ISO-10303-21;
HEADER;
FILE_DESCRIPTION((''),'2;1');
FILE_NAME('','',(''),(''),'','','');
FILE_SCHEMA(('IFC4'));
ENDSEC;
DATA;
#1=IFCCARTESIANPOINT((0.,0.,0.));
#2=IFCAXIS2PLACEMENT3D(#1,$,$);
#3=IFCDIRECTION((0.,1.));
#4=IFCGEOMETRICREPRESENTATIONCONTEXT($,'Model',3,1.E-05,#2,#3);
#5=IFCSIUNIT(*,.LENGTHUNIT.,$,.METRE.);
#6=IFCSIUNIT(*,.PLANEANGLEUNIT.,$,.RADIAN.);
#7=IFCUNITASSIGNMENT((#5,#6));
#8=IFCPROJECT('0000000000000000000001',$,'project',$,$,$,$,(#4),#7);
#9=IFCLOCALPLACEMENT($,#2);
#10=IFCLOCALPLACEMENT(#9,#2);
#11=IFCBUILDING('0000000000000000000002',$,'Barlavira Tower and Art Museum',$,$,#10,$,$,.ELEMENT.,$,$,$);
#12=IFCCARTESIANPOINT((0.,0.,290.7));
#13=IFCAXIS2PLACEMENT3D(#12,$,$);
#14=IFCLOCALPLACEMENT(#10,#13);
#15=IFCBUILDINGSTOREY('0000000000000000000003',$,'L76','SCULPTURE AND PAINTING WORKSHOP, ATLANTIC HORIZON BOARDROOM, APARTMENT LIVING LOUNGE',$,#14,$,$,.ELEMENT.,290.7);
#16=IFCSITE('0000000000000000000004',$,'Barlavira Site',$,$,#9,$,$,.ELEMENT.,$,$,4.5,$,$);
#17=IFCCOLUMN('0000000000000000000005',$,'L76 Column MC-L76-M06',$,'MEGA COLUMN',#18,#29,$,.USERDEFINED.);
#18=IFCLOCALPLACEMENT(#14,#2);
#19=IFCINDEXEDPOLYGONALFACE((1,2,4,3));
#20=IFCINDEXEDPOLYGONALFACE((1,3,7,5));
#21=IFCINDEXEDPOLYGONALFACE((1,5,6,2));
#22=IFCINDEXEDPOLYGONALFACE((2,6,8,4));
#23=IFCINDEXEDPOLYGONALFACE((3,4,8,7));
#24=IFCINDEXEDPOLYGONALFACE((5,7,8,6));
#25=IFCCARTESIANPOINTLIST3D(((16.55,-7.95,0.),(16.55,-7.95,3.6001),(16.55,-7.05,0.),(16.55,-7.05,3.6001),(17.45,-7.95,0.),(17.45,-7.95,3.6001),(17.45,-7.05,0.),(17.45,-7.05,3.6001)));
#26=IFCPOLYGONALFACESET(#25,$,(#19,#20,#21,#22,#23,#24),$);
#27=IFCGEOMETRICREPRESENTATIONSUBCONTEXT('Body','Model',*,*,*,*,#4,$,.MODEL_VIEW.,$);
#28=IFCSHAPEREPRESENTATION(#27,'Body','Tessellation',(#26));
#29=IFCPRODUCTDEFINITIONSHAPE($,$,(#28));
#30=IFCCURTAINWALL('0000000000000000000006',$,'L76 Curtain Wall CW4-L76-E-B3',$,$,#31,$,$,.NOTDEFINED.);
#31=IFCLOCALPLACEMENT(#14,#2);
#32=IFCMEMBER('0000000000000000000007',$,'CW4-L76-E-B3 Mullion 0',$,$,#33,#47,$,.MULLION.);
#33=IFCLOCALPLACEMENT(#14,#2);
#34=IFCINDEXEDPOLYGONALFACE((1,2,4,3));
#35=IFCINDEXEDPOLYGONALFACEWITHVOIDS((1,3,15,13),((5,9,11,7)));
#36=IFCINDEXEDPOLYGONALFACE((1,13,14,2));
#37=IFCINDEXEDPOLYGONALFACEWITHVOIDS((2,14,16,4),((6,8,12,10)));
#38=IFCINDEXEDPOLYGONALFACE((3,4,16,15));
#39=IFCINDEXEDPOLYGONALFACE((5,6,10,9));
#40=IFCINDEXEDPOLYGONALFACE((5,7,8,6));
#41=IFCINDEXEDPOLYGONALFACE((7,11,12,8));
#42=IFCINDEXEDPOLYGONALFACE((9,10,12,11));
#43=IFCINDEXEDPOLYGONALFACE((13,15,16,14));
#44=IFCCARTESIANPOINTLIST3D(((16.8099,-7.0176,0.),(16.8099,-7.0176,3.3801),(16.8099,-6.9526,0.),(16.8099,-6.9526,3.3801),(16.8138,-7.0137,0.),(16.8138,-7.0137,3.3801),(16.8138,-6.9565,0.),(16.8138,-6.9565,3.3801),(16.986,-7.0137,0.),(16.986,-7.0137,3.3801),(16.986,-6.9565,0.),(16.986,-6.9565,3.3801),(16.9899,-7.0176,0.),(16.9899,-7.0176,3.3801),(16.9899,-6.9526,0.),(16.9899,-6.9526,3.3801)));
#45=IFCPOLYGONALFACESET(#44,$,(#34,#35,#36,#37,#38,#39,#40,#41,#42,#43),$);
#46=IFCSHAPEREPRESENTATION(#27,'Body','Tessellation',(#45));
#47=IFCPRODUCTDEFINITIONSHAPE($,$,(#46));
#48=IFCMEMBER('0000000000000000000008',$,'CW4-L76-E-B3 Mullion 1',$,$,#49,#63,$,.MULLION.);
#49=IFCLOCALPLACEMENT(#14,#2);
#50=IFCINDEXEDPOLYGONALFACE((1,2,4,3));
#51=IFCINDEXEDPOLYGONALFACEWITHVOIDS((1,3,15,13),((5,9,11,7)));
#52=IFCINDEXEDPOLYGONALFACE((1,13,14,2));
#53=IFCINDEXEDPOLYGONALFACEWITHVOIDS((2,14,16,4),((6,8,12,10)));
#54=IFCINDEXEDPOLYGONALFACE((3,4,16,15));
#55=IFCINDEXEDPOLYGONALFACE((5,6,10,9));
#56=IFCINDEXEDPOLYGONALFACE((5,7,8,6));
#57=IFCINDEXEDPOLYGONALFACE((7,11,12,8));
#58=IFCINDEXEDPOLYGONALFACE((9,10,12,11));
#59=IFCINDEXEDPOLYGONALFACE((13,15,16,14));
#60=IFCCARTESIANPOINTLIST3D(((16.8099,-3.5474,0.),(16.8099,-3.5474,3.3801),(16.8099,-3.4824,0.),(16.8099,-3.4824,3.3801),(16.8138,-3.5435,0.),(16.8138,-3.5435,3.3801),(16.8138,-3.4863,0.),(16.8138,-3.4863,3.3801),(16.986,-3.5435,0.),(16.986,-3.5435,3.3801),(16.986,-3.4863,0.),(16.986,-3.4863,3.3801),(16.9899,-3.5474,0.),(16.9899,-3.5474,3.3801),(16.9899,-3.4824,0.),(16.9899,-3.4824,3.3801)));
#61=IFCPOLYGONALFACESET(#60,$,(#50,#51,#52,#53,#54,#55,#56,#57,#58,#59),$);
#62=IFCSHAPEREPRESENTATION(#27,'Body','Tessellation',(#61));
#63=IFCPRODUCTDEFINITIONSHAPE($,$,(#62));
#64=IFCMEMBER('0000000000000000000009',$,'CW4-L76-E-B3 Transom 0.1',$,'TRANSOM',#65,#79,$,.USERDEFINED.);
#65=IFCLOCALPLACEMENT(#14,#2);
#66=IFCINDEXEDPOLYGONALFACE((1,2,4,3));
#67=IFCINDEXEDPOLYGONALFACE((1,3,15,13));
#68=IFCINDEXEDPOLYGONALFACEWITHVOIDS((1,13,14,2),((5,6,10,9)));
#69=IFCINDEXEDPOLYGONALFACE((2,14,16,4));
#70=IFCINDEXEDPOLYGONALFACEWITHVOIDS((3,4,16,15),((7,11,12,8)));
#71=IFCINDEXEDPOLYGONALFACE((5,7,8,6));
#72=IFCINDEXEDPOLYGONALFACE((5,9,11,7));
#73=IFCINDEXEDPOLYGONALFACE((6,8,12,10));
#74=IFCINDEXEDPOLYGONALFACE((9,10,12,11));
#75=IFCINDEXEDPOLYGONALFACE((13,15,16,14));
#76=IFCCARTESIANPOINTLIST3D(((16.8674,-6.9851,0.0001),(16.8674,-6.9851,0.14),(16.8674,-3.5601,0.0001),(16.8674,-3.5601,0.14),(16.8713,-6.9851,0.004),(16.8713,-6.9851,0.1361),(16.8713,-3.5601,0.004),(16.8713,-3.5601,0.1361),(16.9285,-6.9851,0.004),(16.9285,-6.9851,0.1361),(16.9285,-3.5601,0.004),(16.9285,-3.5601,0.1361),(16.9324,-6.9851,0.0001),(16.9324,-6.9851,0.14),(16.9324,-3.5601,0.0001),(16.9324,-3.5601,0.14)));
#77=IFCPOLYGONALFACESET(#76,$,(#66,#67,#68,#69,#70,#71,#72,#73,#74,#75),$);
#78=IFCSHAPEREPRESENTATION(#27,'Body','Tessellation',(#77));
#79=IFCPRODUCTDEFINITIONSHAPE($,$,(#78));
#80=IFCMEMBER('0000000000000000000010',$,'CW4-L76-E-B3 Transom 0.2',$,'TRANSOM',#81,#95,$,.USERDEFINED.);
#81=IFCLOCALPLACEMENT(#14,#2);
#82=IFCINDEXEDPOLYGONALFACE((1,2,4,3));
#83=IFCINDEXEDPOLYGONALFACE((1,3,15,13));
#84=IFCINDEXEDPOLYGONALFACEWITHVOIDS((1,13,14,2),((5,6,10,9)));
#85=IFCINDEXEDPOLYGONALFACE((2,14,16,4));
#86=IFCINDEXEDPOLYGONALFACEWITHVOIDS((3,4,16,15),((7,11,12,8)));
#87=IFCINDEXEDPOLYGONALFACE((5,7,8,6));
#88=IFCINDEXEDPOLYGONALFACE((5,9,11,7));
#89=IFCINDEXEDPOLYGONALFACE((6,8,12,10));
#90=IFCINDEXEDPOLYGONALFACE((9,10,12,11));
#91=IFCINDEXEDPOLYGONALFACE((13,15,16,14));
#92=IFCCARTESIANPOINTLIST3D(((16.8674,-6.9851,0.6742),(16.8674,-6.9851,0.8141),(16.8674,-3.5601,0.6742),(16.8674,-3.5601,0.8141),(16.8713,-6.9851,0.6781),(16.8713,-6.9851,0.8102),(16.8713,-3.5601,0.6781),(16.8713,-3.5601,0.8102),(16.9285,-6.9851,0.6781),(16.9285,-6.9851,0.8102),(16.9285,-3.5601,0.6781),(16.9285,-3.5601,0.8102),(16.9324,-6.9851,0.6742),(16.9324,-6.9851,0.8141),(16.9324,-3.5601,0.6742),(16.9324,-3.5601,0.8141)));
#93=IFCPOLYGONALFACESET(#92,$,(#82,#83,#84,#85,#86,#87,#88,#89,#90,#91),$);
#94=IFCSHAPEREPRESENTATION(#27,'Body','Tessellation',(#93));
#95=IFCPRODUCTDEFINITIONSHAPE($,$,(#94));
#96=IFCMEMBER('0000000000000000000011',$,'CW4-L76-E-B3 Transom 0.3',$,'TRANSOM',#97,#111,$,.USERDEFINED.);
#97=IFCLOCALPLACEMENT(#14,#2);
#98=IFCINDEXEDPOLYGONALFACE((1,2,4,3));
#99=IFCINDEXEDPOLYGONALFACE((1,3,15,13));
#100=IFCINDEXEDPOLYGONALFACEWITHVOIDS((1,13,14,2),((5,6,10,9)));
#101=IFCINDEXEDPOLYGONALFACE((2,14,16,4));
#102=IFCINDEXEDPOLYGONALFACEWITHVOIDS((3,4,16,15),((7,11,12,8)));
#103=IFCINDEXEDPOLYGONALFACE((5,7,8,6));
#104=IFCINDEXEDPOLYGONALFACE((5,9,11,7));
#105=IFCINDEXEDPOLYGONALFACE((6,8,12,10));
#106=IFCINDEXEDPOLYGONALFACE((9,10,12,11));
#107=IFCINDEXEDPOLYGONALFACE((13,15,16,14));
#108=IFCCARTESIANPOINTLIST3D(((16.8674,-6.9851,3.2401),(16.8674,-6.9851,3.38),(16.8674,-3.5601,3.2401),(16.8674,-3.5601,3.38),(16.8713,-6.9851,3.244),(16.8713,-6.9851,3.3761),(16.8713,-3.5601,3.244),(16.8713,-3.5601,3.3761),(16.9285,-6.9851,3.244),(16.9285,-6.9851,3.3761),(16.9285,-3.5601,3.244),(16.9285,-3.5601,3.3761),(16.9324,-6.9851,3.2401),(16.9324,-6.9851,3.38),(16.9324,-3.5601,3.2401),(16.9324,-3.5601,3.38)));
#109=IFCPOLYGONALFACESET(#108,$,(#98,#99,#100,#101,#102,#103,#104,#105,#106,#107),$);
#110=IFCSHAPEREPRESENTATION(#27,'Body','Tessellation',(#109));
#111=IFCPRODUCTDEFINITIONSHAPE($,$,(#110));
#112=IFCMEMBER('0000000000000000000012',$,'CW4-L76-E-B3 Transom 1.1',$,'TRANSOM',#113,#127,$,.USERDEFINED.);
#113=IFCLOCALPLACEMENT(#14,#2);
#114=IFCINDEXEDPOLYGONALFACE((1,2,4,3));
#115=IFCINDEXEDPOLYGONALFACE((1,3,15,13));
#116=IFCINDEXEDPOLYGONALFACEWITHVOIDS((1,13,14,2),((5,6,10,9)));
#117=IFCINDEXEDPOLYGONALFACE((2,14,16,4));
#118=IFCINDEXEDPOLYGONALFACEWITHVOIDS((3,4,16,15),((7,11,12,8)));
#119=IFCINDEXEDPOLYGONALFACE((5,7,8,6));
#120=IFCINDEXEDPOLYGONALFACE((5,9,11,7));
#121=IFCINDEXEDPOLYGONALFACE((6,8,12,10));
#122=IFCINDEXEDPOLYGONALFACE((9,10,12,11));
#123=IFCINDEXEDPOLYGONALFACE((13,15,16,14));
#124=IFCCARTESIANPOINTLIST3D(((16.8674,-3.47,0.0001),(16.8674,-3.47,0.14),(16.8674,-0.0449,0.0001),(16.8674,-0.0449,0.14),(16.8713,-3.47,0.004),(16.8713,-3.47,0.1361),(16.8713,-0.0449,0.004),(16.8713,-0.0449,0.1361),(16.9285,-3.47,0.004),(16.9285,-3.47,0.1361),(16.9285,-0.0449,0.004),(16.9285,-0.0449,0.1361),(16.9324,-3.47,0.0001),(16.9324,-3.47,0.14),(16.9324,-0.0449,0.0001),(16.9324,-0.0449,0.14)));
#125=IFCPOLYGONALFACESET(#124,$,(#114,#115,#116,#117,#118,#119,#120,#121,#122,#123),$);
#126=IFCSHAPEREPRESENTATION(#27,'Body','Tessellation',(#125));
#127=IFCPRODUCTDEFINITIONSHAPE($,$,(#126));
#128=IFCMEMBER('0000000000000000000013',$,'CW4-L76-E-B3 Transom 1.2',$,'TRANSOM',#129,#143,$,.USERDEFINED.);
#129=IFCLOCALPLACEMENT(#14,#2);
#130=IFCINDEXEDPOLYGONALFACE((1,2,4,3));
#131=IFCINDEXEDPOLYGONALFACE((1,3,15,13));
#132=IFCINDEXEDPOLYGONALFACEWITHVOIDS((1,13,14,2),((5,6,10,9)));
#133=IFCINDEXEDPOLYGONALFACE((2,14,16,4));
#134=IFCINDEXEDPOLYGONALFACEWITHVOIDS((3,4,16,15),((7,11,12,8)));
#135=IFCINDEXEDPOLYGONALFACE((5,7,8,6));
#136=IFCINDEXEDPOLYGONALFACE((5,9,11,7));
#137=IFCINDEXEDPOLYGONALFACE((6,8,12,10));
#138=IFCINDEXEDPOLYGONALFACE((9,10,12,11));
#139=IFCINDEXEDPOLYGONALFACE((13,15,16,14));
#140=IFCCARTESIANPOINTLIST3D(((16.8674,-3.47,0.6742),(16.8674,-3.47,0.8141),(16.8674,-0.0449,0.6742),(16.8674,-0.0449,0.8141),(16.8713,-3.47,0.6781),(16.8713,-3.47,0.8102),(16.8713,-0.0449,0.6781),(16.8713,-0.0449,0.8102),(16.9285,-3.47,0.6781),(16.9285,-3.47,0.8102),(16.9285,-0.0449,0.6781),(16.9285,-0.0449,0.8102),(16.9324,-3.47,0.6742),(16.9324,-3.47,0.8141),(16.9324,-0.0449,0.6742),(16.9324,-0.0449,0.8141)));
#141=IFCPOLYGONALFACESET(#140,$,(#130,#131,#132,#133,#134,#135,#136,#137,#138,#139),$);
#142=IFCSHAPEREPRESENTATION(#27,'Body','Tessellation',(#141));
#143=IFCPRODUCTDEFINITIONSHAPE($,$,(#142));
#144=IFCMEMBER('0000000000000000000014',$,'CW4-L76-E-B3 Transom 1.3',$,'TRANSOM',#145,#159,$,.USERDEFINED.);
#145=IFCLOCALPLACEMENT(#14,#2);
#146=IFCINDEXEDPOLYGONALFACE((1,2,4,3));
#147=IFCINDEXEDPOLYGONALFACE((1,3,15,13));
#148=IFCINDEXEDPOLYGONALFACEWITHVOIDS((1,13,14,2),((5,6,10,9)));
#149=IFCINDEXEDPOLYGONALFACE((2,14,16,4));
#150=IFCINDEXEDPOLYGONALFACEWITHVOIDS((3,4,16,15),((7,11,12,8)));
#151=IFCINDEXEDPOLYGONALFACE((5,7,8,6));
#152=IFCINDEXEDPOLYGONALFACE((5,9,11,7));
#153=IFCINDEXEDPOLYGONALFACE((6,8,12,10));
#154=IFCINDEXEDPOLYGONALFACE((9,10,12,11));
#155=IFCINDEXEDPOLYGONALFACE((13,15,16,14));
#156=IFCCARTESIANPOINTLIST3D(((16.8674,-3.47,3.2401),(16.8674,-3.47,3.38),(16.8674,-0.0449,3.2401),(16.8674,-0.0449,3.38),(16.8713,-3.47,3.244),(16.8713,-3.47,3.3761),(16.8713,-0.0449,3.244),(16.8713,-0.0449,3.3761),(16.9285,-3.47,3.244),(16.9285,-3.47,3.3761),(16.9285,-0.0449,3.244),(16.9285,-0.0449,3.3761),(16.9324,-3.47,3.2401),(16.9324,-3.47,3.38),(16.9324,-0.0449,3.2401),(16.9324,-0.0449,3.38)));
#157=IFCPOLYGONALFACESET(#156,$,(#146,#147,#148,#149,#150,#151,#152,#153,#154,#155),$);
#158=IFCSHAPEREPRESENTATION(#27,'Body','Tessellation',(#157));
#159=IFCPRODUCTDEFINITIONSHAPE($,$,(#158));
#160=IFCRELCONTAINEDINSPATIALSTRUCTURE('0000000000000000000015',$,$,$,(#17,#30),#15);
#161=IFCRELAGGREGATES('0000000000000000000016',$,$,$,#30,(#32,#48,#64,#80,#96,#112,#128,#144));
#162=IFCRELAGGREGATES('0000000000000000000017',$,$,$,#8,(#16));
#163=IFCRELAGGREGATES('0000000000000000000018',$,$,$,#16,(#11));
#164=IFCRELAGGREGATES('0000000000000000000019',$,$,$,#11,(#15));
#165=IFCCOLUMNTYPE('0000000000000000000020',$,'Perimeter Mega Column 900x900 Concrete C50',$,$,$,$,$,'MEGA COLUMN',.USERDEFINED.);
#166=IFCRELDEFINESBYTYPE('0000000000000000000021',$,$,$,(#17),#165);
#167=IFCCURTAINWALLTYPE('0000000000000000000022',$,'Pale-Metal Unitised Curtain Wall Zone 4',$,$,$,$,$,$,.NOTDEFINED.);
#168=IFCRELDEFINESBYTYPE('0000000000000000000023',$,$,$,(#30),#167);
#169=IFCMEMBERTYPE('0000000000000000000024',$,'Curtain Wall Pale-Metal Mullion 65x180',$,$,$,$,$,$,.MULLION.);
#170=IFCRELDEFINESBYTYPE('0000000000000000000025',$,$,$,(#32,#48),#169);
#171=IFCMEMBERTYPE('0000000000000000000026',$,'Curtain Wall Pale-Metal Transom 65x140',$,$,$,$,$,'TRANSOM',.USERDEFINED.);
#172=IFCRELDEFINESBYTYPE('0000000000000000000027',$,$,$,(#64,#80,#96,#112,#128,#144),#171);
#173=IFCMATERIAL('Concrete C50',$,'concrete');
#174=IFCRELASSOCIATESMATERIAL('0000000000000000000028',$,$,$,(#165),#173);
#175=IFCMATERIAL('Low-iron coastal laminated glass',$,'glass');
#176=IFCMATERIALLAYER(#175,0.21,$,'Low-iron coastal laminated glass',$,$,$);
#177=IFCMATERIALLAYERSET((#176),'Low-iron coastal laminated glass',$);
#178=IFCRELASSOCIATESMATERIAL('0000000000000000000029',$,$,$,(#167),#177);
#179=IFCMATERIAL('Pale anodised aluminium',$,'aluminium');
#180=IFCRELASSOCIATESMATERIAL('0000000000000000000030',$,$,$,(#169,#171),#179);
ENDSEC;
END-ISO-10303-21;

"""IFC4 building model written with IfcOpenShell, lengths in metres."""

from ifc_helpers import new_model, si_unit, direction, frame, origin, origin_2d, place, context, subcontext, project, spatial, rectangle, hollow_rectangle, extrude, material, layer, layer_set, material_profile, profile_set, type_object, element, aggregate, save


model = new_model("IFC4")

# Units and contexts
model_context = context("Model", 3, precision=1e-05, world=origin(), true_north=direction((0.0, 1.0)))
body_context = subcontext(model_context, "Body", "Model", "MODEL_VIEW")
ifc_project = project(units=[si_unit("LENGTHUNIT", "METRE"), si_unit("PLANEANGLEUNIT", "RADIAN")], contexts=[model_context])

# Site, building, storey
site_placement = place(None, origin())
site = spatial("IfcSite", under=ifc_project, at=site_placement, Name="Barlavira Site", CompositionType="ELEMENT", RefElevation=4.5)
building_placement = place(site_placement, origin())
building = spatial("IfcBuilding", under=site, at=building_placement, Name="Barlavira Tower and Art Museum", CompositionType="ELEMENT")
storey_placement = place(building_placement, frame((0.0, 0.0, 290.7)))
storey = spatial("IfcBuildingStorey", under=building, at=storey_placement, Name="L76", Description="SCULPTURE AND PAINTING WORKSHOP, ATLANTIC HORIZON BOARDROOM, APARTMENT LIVING LOUNGE", CompositionType="ELEMENT", Elevation=290.7)

# Column
ifc_material_1 = material(Name="Concrete C50", Category="concrete")
ifc_material_profile_1 = material_profile(ifc_material_1, rectangle(XDim=0.8999, YDim=0.8999, at=origin_2d()), Name="RC-COL 900x900")
ifc_profile_set_1 = profile_set([ifc_material_profile_1], Name="Concrete C50")
column_type = type_object("IfcColumnType", Name="Perimeter Mega Column 900x900 Concrete C50", ElementType="MEGA COLUMN", PredefinedType="USERDEFINED", material=ifc_profile_set_1)
column_placement = place(storey_placement, frame((17.0, -7.5, 0.0), z_axis=(0.0, 0.0, 1.0), x_axis=(1.0, 0.0, 0.0)))
element("IfcColumn", 1, at=column_placement, inside=storey, type_object=column_type, Name="L76 Column MC-L76-M06", ObjectType="MEGA COLUMN", PredefinedType="USERDEFINED", context=body_context, shape_type="SweptSolid", body=[
    extrude(rectangle(XDim=0.8999, YDim=0.8999, at=origin_2d()), origin(), (0.0, 0.0, 1.0), 3.6001),
])

# Curtain wall, members
ifc_material_2 = material(Name="Low-iron coastal laminated glass", Category="glass")
ifc_layer_1 = layer(ifc_material_2, 0.21, Name="Low-iron coastal laminated glass")
ifc_layer_set_1 = layer_set([ifc_layer_1], Name="Low-iron coastal laminated glass")
curtain_wall_type = type_object("IfcCurtainWallType", Name="Pale-Metal Unitised Curtain Wall Zone 4", PredefinedType="NOTDEFINED", material=ifc_layer_set_1)
curtain_wall_placement = place(storey_placement, origin())
curtain_wall = element("IfcCurtainWall", 2, at=curtain_wall_placement, inside=storey, type_object=curtain_wall_type, Name="L76 Curtain Wall CW4-L76-E-B3", PredefinedType="NOTDEFINED")
ifc_material_3 = material(Name="Pale anodised aluminium", Category="aluminium")
ifc_material_profile_2 = material_profile(ifc_material_3, hollow_rectangle(XDim=0.0649, YDim=0.1799, WallThickness=0.0039, at=origin_2d()), Name="ALU-MULL 65x180x4")
ifc_profile_set_2 = profile_set([ifc_material_profile_2], Name="Pale anodised aluminium")
member_type_1 = type_object("IfcMemberType", Name="Curtain Wall Pale-Metal Mullion 65x180", PredefinedType="MULLION", material=ifc_profile_set_2)
member_1_placement = place(storey_placement, frame((16.8999, -6.9851, 0.0), z_axis=(0.0, 0.0, 1.0), x_axis=(0.0, 1.0, 0.0)))
member_1 = element("IfcMember", 3, at=member_1_placement, type_object=member_type_1, Name="CW4-L76-E-B3 Mullion 0", PredefinedType="MULLION", context=body_context, shape_type="SweptSolid", body=[
    extrude(hollow_rectangle(XDim=0.0649, YDim=0.1799, WallThickness=0.0039, at=origin_2d()), origin(), (0.0, 0.0, 1.0), 3.3801),
])
member_2_placement = place(storey_placement, frame((16.8999, -3.5149, 0.0), z_axis=(0.0, 0.0, 1.0), x_axis=(0.0, 1.0, 0.0)))
member_2 = element("IfcMember", 4, at=member_2_placement, type_object=member_type_1, Name="CW4-L76-E-B3 Mullion 1", PredefinedType="MULLION", context=body_context, shape_type="SweptSolid", body=[
    extrude(hollow_rectangle(XDim=0.0649, YDim=0.1799, WallThickness=0.0039, at=origin_2d()), origin(), (0.0, 0.0, 1.0), 3.3801),
])
ifc_material_profile_3 = material_profile(ifc_material_3, hollow_rectangle(XDim=0.0649, YDim=0.1399, WallThickness=0.0039, at=origin_2d()), Name="ALU-TRAN 65x140x4")
ifc_profile_set_3 = profile_set([ifc_material_profile_3], Name="Pale anodised aluminium")
member_type_2 = type_object("IfcMemberType", Name="Curtain Wall Pale-Metal Transom 65x140", ElementType="TRANSOM", PredefinedType="USERDEFINED", material=ifc_profile_set_3)
member_3_placement = place(storey_placement, frame((16.8999, -6.9851, 0.0701), z_axis=(0.0, 1.0, 0.0), x_axis=(-1.0, 0.0, 0.0)))
member_3 = element("IfcMember", 5, at=member_3_placement, type_object=member_type_2, Name="CW4-L76-E-B3 Transom 0.1", ObjectType="TRANSOM", PredefinedType="USERDEFINED", context=body_context, shape_type="SweptSolid", body=[
    extrude(hollow_rectangle(XDim=0.0649, YDim=0.1399, WallThickness=0.0039, at=origin_2d()), origin(), (0.0, 0.0, 1.0), 3.425),
])
member_4_placement = place(storey_placement, frame((16.8999, -6.9851, 0.7441), z_axis=(0.0, 1.0, 0.0), x_axis=(-1.0, 0.0, 0.0)))
member_4 = element("IfcMember", 6, at=member_4_placement, type_object=member_type_2, Name="CW4-L76-E-B3 Transom 0.2", ObjectType="TRANSOM", PredefinedType="USERDEFINED", context=body_context, shape_type="SweptSolid", body=[
    extrude(hollow_rectangle(XDim=0.0649, YDim=0.1399, WallThickness=0.0039, at=origin_2d()), origin(), (0.0, 0.0, 1.0), 3.425),
])
member_5_placement = place(storey_placement, frame((16.8999, -6.9851, 3.3101), z_axis=(0.0, 1.0, 0.0), x_axis=(-1.0, 0.0, 0.0)))
member_5 = element("IfcMember", 7, at=member_5_placement, type_object=member_type_2, Name="CW4-L76-E-B3 Transom 0.3", ObjectType="TRANSOM", PredefinedType="USERDEFINED", context=body_context, shape_type="SweptSolid", body=[
    extrude(hollow_rectangle(XDim=0.0649, YDim=0.1399, WallThickness=0.0039, at=origin_2d()), origin(), (0.0, 0.0, 1.0), 3.425),
])
member_6_placement = place(storey_placement, frame((16.8999, -3.47, 0.0701), z_axis=(0.0, 1.0, 0.0), x_axis=(-1.0, 0.0, 0.0)))
member_6 = element("IfcMember", 8, at=member_6_placement, type_object=member_type_2, Name="CW4-L76-E-B3 Transom 1.1", ObjectType="TRANSOM", PredefinedType="USERDEFINED", context=body_context, shape_type="SweptSolid", body=[
    extrude(hollow_rectangle(XDim=0.0649, YDim=0.1399, WallThickness=0.0039, at=origin_2d()), origin(), (0.0, 0.0, 1.0), 3.425),
])
member_7_placement = place(storey_placement, frame((16.8999, -3.47, 0.7441), z_axis=(0.0, 1.0, 0.0), x_axis=(-1.0, 0.0, 0.0)))
member_7 = element("IfcMember", 9, at=member_7_placement, type_object=member_type_2, Name="CW4-L76-E-B3 Transom 1.2", ObjectType="TRANSOM", PredefinedType="USERDEFINED", context=body_context, shape_type="SweptSolid", body=[
    extrude(hollow_rectangle(XDim=0.0649, YDim=0.1399, WallThickness=0.0039, at=origin_2d()), origin(), (0.0, 0.0, 1.0), 3.425),
])
member_8_placement = place(storey_placement, frame((16.8999, -3.47, 3.3101), z_axis=(0.0, 1.0, 0.0), x_axis=(-1.0, 0.0, 0.0)))
member_8 = element("IfcMember", 10, at=member_8_placement, type_object=member_type_2, Name="CW4-L76-E-B3 Transom 1.3", ObjectType="TRANSOM", PredefinedType="USERDEFINED", context=body_context, shape_type="SweptSolid", body=[
    extrude(hollow_rectangle(XDim=0.0649, YDim=0.1399, WallThickness=0.0039, at=origin_2d()), origin(), (0.0, 0.0, 1.0), 3.425),
])

aggregate(curtain_wall, [member_1, member_2, member_3, member_4, member_5, member_6, member_7, member_8])

save(model, "model.ifc")
